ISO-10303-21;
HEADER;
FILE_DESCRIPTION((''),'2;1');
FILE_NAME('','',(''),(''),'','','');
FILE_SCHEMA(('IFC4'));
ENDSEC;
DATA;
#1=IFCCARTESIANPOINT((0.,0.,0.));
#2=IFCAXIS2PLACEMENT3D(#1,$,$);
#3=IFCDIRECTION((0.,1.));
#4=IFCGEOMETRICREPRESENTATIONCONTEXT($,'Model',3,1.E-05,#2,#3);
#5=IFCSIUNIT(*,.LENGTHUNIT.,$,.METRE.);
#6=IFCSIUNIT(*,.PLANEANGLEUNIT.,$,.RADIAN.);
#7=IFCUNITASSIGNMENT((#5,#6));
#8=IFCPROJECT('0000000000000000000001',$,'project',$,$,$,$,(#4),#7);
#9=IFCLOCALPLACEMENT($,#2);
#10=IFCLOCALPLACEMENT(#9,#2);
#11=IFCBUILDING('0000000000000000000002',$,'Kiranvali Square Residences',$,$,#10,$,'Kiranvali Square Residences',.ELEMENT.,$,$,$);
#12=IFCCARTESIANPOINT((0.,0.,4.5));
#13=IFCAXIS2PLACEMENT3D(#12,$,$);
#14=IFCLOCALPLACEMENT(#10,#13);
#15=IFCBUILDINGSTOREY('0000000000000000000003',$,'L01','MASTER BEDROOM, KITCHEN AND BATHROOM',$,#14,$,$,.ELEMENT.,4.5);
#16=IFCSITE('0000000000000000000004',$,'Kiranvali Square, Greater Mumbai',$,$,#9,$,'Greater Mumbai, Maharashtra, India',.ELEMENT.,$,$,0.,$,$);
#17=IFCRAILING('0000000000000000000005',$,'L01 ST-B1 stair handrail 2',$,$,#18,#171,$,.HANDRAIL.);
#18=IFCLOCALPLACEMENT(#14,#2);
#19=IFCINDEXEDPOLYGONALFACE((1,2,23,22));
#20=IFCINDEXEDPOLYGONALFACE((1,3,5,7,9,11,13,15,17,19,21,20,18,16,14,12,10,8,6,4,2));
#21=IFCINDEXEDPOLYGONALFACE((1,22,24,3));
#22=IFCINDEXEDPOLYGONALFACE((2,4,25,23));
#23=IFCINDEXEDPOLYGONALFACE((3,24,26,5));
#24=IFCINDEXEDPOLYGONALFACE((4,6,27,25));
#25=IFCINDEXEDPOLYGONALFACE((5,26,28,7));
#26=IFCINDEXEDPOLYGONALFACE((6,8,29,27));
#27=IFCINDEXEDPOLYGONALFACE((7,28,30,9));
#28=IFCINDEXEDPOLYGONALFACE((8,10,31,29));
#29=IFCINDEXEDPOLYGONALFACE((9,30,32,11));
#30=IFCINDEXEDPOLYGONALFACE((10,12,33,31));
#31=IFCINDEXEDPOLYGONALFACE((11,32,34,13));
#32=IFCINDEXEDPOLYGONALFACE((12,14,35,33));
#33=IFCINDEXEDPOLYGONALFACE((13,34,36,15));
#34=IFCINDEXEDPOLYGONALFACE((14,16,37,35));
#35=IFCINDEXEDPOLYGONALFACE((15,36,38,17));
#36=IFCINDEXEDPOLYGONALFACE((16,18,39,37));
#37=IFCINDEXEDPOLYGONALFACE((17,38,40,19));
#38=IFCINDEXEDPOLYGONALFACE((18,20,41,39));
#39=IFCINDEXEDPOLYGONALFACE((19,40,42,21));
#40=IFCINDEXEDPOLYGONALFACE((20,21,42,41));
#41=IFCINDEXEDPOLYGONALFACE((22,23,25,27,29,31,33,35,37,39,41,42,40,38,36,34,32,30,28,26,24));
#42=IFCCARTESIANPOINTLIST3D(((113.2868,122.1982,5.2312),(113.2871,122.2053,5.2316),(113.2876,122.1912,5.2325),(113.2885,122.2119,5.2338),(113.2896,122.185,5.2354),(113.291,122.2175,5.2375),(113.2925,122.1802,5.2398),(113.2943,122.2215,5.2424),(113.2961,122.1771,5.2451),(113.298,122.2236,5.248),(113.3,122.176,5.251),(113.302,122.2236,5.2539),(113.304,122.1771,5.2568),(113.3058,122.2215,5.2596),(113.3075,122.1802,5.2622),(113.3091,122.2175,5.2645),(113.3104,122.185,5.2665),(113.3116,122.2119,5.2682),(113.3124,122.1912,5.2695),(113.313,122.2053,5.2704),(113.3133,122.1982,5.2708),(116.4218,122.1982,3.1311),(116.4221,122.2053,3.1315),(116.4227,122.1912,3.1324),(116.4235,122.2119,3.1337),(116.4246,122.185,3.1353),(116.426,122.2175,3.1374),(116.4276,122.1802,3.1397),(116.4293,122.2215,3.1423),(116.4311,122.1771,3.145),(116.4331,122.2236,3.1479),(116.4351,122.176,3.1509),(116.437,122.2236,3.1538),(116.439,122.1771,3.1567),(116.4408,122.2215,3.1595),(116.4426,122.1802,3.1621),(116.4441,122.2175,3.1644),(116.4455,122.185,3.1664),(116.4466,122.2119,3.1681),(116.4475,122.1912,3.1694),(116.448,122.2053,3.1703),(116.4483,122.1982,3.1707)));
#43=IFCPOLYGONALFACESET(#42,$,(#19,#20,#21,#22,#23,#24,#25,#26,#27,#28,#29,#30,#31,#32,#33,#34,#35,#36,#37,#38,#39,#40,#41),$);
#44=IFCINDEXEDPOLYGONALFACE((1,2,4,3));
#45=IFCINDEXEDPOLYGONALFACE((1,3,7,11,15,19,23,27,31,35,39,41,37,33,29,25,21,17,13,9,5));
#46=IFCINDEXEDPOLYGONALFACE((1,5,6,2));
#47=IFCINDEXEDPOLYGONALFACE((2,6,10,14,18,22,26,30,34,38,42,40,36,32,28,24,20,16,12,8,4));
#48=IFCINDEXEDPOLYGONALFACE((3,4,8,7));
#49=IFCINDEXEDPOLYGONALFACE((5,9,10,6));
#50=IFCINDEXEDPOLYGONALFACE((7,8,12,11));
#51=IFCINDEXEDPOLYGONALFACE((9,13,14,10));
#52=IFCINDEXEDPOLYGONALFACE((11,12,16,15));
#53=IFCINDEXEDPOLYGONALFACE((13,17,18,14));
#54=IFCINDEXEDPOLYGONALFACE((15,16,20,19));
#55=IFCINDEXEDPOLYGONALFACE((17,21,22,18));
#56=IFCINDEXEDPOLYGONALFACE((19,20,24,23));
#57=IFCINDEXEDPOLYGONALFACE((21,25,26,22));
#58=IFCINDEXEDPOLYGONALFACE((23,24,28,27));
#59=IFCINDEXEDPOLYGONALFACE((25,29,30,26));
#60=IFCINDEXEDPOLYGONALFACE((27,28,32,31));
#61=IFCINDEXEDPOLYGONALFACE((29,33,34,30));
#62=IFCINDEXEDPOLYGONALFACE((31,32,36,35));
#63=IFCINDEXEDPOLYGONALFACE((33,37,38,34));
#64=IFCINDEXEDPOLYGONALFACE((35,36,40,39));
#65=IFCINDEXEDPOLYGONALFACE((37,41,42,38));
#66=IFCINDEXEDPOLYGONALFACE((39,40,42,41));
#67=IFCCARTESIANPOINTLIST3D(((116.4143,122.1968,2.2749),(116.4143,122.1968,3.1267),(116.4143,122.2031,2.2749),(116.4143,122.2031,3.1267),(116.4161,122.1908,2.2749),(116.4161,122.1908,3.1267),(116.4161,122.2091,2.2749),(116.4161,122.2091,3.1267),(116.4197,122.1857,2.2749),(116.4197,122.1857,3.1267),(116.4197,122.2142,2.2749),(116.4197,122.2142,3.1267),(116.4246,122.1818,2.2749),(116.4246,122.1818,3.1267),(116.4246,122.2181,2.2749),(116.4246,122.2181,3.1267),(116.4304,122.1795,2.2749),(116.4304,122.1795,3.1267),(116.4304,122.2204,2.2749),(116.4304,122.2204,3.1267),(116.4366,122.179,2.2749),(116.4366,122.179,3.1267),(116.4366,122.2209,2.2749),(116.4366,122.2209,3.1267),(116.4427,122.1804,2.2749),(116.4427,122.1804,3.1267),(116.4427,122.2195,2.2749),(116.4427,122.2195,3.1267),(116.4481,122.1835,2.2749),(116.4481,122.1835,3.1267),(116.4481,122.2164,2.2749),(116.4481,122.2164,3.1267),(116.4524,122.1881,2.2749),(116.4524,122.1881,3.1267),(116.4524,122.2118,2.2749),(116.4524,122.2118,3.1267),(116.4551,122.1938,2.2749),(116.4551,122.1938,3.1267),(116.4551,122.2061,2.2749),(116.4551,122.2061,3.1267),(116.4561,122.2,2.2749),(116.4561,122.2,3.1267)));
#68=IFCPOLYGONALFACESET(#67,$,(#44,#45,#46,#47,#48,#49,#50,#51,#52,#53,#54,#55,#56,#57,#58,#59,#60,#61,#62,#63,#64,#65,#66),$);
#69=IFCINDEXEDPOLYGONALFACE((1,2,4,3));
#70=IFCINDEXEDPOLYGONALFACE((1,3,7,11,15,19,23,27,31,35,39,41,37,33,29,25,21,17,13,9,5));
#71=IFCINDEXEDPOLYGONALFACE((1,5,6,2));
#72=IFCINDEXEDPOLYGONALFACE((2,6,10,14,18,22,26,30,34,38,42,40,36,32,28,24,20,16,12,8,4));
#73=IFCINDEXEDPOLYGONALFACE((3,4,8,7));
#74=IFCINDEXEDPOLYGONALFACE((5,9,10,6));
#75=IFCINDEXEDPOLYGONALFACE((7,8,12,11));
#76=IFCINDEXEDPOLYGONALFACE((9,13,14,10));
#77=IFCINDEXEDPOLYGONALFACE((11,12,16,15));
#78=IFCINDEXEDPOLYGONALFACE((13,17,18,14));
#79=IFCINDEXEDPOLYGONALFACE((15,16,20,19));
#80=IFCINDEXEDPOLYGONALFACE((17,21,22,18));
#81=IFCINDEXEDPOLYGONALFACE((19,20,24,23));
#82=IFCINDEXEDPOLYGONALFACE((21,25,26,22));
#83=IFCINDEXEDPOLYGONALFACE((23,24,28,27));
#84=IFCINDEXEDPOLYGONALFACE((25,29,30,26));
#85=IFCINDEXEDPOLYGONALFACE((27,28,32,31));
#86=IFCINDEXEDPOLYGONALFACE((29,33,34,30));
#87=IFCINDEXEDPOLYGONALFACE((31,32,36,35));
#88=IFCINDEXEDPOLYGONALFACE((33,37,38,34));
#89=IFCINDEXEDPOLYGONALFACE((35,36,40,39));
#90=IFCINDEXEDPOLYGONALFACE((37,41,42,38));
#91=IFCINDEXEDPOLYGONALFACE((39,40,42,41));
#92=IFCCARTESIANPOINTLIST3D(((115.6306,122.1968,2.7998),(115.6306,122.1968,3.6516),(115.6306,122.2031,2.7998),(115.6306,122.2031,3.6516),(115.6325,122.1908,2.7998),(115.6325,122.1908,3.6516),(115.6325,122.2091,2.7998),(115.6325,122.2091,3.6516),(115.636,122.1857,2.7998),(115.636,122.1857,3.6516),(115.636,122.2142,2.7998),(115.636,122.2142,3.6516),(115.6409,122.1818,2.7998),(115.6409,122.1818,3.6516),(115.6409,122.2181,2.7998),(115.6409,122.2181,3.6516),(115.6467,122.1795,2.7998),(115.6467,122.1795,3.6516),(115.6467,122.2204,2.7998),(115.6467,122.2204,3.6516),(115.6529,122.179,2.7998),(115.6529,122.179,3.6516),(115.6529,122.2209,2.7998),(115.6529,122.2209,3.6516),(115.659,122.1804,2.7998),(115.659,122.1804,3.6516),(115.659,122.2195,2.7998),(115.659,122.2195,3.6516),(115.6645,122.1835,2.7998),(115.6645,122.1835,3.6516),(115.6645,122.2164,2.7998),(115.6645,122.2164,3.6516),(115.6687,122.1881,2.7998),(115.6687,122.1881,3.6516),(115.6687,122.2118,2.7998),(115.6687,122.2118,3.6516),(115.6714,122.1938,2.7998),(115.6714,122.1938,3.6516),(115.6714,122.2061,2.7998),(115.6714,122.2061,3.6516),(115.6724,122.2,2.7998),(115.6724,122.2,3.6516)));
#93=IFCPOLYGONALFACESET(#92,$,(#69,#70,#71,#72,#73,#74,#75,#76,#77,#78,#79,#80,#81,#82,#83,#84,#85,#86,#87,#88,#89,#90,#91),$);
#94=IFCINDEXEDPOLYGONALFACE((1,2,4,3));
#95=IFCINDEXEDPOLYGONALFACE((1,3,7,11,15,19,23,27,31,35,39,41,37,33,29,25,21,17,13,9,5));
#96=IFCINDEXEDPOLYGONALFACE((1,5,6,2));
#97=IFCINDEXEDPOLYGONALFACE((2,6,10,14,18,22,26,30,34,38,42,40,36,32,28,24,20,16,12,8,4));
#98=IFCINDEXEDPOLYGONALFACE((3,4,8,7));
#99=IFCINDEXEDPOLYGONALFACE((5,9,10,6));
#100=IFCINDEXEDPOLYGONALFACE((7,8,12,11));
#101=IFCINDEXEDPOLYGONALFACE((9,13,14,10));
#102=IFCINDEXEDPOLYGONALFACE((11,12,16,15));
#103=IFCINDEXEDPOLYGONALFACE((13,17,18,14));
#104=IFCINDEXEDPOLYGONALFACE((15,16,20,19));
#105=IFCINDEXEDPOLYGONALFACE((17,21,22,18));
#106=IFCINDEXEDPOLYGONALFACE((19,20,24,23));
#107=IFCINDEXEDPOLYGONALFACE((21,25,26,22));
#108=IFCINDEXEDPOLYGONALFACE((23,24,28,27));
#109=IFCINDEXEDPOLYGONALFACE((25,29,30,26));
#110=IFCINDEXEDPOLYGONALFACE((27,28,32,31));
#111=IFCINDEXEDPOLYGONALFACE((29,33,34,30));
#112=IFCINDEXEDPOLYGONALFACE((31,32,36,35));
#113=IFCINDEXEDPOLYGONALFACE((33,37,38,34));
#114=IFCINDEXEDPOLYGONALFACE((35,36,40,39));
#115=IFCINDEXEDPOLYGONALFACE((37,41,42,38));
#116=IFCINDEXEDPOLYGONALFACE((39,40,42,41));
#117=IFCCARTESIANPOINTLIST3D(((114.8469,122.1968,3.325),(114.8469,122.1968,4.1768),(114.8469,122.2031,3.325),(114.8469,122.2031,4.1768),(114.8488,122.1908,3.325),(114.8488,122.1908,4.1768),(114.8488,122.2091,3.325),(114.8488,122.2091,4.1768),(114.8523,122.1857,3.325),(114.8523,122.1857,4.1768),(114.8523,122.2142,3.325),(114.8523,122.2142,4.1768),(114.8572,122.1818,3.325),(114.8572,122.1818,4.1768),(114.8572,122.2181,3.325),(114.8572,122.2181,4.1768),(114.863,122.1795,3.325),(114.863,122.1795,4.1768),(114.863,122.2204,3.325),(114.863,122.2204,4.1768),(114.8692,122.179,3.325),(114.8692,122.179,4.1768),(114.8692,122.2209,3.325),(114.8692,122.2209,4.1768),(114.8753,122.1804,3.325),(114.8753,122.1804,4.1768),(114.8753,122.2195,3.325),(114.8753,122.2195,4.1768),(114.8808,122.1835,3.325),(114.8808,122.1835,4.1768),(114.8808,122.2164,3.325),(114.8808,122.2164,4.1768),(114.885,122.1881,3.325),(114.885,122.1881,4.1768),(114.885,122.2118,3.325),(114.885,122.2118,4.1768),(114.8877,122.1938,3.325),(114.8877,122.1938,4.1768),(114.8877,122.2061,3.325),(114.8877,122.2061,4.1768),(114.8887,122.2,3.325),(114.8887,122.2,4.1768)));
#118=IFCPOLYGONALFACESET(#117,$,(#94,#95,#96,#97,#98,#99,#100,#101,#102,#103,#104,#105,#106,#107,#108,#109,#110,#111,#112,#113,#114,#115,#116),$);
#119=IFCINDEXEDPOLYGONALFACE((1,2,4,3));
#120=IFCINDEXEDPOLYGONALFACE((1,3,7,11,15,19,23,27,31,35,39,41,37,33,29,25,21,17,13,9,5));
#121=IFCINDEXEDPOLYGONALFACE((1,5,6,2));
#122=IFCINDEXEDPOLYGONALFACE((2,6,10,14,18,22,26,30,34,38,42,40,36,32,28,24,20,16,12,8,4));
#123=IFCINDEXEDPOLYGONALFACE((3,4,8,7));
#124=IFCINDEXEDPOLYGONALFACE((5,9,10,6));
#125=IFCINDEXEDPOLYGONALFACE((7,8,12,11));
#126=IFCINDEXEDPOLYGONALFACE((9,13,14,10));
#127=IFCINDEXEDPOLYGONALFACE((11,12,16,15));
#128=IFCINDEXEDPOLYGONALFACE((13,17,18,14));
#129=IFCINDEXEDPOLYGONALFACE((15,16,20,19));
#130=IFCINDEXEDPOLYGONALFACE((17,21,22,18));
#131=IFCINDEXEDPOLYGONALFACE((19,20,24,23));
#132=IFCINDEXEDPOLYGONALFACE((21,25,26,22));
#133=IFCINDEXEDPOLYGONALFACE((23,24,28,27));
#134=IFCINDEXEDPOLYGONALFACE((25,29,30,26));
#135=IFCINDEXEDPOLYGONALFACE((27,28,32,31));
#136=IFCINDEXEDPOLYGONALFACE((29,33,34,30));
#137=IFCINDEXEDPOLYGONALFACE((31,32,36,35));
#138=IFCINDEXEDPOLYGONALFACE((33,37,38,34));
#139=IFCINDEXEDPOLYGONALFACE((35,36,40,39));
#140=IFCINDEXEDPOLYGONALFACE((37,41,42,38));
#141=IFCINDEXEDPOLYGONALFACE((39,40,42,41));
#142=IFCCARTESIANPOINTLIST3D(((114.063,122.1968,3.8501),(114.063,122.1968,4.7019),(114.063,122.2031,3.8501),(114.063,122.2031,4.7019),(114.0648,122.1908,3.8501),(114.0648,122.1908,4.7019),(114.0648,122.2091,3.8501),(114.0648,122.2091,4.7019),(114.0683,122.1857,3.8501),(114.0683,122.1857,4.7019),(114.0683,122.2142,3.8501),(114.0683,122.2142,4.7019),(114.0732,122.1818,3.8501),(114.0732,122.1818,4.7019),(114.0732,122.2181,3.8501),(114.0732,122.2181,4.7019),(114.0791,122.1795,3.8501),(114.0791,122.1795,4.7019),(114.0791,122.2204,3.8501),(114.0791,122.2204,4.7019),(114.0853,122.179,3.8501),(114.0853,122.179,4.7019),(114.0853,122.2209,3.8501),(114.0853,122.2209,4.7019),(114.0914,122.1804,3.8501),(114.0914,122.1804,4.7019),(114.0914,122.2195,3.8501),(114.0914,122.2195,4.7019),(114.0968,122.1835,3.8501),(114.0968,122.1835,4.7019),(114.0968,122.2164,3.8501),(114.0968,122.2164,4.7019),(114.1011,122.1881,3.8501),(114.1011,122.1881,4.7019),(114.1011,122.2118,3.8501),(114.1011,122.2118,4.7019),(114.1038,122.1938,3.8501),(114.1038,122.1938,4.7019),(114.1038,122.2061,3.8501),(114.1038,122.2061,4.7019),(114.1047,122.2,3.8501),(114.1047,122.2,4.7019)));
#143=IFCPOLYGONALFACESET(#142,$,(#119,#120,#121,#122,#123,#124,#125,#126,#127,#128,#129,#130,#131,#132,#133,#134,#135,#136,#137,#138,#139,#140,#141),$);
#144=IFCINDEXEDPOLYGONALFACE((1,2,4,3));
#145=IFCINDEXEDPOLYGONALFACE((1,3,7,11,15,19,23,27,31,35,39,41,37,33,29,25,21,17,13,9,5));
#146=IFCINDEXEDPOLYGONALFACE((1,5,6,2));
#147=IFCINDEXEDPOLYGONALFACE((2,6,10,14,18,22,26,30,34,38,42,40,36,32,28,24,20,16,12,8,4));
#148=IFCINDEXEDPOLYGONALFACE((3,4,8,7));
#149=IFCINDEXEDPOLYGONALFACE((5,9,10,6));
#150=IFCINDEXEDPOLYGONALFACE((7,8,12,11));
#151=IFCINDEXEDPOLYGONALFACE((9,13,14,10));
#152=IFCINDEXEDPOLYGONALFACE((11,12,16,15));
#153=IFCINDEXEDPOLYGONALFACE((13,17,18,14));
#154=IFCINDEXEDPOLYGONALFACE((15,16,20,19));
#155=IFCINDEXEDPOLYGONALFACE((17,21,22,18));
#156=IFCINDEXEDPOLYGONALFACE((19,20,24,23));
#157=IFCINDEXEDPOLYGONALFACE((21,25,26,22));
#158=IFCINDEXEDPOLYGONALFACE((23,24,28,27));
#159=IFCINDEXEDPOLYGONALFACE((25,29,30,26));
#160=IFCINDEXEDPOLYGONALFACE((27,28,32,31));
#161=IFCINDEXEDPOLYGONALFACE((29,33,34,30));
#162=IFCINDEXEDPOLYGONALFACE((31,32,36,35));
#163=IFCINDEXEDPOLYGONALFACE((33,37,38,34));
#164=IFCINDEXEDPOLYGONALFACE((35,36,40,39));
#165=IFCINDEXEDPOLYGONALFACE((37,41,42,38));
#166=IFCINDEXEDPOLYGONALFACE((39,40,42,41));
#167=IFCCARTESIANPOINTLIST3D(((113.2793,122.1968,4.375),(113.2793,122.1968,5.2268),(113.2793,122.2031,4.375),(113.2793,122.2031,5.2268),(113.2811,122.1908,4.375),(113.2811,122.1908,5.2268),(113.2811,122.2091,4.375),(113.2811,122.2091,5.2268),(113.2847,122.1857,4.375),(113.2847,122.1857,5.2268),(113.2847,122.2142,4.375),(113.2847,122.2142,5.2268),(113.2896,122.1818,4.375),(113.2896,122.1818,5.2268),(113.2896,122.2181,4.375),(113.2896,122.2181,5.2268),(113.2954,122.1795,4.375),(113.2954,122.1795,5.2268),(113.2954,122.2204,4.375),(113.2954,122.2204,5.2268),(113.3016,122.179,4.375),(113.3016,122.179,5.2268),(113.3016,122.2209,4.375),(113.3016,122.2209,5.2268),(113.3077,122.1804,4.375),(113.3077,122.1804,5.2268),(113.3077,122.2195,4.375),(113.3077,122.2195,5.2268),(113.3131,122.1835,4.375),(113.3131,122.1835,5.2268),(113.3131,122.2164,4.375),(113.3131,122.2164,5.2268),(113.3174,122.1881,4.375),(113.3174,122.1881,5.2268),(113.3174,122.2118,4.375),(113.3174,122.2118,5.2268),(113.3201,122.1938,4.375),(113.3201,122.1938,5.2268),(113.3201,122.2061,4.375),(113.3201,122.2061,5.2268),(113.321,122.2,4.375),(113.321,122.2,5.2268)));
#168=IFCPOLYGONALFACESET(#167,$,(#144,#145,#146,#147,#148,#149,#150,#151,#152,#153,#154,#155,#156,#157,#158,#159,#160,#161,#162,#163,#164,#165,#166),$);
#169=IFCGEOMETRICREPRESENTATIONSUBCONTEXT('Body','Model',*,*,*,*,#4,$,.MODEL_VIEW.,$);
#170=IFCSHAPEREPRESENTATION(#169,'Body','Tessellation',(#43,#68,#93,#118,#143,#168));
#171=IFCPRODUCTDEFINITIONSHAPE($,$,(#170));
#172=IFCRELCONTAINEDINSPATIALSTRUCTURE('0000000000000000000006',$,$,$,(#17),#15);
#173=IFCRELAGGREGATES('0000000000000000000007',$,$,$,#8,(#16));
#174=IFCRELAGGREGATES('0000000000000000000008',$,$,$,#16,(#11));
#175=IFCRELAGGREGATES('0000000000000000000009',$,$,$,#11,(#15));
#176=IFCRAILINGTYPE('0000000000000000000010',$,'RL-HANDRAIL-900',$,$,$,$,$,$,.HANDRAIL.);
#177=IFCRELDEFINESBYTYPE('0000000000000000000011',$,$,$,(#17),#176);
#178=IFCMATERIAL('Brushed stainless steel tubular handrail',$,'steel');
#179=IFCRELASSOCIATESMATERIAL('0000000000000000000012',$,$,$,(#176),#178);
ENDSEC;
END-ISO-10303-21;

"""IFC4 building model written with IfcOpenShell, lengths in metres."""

from ifc_helpers import new_model, si_unit, direction, frame, origin, origin_2d, place, context, subcontext, project, spatial, circle, extrude, material, type_object, element, save


model = new_model("IFC4")

# Units and contexts
model_context = context("Model", 3, precision=1e-05, world=origin(), true_north=direction((0.0, 1.0)))
body_context = subcontext(model_context, "Body", "Model", "MODEL_VIEW")
ifc_project = project(units=[si_unit("LENGTHUNIT", "METRE"), si_unit("PLANEANGLEUNIT", "RADIAN")], contexts=[model_context])

# Site, building, storey
site_placement = place(None, origin())
site = spatial("IfcSite", under=ifc_project, at=site_placement, Name="Kiranvali Square, Greater Mumbai", LongName="Greater Mumbai, Maharashtra, India", CompositionType="ELEMENT", RefElevation=0.0)
building_placement = place(site_placement, origin())
building = spatial("IfcBuilding", under=site, at=building_placement, Name="Kiranvali Square Residences", LongName="Kiranvali Square Residences", CompositionType="ELEMENT")
storey_placement = place(building_placement, frame((0.0, 0.0, 4.5)))
storey = spatial("IfcBuildingStorey", under=building, at=storey_placement, Name="L01", Description="MASTER BEDROOM, KITCHEN AND BATHROOM", CompositionType="ELEMENT", Elevation=4.5)

# Railing
ifc_material_1 = material(Name="Brushed stainless steel tubular handrail", Category="steel")
railing_type_1 = type_object("IfcRailingType", Name="RL-HANDRAIL-900", PredefinedType="HANDRAIL", material=ifc_material_1)
railing_1_placement = place(storey_placement, frame((116.4351, 122.2, 2.2749)))
element("IfcRailing", 1, at=railing_1_placement, inside=storey, type_object=railing_type_1, Name="L01 ST-B1 stair handrail 2", PredefinedType="HANDRAIL", context=body_context, shape_type="SweptSolid", body=[
    extrude(circle(Radius=0.0239, at=origin_2d()), frame((0.0, 0.0, 0.876), z_axis=(-0.830814, 0.0, 0.55655), x_axis=(0.0, -1.0, 0.0)), (0.0, 0.0, 1.0), 3.7734),
    extrude(circle(Radius=0.021, at=origin_2d()), origin(), (0.0, 0.0, 1.0), 0.8518),
    extrude(circle(Radius=0.021, at=origin_2d()), frame((-0.7837, 0.0, 0.5249)), (0.0, 0.0, 1.0), 0.8518),
    extrude(circle(Radius=0.021, at=origin_2d()), frame((-1.5674, 0.0, 1.05)), (0.0, 0.0, 1.0), 0.8518),
    extrude(circle(Radius=0.021, at=origin_2d()), frame((-2.3513, 0.0, 1.5752)), (0.0, 0.0, 1.0), 0.8518),
    extrude(circle(Radius=0.021, at=origin_2d()), frame((-3.135, 0.0, 2.1001)), (0.0, 0.0, 1.0), 0.8518),
])

save(model, "model.ifc")
